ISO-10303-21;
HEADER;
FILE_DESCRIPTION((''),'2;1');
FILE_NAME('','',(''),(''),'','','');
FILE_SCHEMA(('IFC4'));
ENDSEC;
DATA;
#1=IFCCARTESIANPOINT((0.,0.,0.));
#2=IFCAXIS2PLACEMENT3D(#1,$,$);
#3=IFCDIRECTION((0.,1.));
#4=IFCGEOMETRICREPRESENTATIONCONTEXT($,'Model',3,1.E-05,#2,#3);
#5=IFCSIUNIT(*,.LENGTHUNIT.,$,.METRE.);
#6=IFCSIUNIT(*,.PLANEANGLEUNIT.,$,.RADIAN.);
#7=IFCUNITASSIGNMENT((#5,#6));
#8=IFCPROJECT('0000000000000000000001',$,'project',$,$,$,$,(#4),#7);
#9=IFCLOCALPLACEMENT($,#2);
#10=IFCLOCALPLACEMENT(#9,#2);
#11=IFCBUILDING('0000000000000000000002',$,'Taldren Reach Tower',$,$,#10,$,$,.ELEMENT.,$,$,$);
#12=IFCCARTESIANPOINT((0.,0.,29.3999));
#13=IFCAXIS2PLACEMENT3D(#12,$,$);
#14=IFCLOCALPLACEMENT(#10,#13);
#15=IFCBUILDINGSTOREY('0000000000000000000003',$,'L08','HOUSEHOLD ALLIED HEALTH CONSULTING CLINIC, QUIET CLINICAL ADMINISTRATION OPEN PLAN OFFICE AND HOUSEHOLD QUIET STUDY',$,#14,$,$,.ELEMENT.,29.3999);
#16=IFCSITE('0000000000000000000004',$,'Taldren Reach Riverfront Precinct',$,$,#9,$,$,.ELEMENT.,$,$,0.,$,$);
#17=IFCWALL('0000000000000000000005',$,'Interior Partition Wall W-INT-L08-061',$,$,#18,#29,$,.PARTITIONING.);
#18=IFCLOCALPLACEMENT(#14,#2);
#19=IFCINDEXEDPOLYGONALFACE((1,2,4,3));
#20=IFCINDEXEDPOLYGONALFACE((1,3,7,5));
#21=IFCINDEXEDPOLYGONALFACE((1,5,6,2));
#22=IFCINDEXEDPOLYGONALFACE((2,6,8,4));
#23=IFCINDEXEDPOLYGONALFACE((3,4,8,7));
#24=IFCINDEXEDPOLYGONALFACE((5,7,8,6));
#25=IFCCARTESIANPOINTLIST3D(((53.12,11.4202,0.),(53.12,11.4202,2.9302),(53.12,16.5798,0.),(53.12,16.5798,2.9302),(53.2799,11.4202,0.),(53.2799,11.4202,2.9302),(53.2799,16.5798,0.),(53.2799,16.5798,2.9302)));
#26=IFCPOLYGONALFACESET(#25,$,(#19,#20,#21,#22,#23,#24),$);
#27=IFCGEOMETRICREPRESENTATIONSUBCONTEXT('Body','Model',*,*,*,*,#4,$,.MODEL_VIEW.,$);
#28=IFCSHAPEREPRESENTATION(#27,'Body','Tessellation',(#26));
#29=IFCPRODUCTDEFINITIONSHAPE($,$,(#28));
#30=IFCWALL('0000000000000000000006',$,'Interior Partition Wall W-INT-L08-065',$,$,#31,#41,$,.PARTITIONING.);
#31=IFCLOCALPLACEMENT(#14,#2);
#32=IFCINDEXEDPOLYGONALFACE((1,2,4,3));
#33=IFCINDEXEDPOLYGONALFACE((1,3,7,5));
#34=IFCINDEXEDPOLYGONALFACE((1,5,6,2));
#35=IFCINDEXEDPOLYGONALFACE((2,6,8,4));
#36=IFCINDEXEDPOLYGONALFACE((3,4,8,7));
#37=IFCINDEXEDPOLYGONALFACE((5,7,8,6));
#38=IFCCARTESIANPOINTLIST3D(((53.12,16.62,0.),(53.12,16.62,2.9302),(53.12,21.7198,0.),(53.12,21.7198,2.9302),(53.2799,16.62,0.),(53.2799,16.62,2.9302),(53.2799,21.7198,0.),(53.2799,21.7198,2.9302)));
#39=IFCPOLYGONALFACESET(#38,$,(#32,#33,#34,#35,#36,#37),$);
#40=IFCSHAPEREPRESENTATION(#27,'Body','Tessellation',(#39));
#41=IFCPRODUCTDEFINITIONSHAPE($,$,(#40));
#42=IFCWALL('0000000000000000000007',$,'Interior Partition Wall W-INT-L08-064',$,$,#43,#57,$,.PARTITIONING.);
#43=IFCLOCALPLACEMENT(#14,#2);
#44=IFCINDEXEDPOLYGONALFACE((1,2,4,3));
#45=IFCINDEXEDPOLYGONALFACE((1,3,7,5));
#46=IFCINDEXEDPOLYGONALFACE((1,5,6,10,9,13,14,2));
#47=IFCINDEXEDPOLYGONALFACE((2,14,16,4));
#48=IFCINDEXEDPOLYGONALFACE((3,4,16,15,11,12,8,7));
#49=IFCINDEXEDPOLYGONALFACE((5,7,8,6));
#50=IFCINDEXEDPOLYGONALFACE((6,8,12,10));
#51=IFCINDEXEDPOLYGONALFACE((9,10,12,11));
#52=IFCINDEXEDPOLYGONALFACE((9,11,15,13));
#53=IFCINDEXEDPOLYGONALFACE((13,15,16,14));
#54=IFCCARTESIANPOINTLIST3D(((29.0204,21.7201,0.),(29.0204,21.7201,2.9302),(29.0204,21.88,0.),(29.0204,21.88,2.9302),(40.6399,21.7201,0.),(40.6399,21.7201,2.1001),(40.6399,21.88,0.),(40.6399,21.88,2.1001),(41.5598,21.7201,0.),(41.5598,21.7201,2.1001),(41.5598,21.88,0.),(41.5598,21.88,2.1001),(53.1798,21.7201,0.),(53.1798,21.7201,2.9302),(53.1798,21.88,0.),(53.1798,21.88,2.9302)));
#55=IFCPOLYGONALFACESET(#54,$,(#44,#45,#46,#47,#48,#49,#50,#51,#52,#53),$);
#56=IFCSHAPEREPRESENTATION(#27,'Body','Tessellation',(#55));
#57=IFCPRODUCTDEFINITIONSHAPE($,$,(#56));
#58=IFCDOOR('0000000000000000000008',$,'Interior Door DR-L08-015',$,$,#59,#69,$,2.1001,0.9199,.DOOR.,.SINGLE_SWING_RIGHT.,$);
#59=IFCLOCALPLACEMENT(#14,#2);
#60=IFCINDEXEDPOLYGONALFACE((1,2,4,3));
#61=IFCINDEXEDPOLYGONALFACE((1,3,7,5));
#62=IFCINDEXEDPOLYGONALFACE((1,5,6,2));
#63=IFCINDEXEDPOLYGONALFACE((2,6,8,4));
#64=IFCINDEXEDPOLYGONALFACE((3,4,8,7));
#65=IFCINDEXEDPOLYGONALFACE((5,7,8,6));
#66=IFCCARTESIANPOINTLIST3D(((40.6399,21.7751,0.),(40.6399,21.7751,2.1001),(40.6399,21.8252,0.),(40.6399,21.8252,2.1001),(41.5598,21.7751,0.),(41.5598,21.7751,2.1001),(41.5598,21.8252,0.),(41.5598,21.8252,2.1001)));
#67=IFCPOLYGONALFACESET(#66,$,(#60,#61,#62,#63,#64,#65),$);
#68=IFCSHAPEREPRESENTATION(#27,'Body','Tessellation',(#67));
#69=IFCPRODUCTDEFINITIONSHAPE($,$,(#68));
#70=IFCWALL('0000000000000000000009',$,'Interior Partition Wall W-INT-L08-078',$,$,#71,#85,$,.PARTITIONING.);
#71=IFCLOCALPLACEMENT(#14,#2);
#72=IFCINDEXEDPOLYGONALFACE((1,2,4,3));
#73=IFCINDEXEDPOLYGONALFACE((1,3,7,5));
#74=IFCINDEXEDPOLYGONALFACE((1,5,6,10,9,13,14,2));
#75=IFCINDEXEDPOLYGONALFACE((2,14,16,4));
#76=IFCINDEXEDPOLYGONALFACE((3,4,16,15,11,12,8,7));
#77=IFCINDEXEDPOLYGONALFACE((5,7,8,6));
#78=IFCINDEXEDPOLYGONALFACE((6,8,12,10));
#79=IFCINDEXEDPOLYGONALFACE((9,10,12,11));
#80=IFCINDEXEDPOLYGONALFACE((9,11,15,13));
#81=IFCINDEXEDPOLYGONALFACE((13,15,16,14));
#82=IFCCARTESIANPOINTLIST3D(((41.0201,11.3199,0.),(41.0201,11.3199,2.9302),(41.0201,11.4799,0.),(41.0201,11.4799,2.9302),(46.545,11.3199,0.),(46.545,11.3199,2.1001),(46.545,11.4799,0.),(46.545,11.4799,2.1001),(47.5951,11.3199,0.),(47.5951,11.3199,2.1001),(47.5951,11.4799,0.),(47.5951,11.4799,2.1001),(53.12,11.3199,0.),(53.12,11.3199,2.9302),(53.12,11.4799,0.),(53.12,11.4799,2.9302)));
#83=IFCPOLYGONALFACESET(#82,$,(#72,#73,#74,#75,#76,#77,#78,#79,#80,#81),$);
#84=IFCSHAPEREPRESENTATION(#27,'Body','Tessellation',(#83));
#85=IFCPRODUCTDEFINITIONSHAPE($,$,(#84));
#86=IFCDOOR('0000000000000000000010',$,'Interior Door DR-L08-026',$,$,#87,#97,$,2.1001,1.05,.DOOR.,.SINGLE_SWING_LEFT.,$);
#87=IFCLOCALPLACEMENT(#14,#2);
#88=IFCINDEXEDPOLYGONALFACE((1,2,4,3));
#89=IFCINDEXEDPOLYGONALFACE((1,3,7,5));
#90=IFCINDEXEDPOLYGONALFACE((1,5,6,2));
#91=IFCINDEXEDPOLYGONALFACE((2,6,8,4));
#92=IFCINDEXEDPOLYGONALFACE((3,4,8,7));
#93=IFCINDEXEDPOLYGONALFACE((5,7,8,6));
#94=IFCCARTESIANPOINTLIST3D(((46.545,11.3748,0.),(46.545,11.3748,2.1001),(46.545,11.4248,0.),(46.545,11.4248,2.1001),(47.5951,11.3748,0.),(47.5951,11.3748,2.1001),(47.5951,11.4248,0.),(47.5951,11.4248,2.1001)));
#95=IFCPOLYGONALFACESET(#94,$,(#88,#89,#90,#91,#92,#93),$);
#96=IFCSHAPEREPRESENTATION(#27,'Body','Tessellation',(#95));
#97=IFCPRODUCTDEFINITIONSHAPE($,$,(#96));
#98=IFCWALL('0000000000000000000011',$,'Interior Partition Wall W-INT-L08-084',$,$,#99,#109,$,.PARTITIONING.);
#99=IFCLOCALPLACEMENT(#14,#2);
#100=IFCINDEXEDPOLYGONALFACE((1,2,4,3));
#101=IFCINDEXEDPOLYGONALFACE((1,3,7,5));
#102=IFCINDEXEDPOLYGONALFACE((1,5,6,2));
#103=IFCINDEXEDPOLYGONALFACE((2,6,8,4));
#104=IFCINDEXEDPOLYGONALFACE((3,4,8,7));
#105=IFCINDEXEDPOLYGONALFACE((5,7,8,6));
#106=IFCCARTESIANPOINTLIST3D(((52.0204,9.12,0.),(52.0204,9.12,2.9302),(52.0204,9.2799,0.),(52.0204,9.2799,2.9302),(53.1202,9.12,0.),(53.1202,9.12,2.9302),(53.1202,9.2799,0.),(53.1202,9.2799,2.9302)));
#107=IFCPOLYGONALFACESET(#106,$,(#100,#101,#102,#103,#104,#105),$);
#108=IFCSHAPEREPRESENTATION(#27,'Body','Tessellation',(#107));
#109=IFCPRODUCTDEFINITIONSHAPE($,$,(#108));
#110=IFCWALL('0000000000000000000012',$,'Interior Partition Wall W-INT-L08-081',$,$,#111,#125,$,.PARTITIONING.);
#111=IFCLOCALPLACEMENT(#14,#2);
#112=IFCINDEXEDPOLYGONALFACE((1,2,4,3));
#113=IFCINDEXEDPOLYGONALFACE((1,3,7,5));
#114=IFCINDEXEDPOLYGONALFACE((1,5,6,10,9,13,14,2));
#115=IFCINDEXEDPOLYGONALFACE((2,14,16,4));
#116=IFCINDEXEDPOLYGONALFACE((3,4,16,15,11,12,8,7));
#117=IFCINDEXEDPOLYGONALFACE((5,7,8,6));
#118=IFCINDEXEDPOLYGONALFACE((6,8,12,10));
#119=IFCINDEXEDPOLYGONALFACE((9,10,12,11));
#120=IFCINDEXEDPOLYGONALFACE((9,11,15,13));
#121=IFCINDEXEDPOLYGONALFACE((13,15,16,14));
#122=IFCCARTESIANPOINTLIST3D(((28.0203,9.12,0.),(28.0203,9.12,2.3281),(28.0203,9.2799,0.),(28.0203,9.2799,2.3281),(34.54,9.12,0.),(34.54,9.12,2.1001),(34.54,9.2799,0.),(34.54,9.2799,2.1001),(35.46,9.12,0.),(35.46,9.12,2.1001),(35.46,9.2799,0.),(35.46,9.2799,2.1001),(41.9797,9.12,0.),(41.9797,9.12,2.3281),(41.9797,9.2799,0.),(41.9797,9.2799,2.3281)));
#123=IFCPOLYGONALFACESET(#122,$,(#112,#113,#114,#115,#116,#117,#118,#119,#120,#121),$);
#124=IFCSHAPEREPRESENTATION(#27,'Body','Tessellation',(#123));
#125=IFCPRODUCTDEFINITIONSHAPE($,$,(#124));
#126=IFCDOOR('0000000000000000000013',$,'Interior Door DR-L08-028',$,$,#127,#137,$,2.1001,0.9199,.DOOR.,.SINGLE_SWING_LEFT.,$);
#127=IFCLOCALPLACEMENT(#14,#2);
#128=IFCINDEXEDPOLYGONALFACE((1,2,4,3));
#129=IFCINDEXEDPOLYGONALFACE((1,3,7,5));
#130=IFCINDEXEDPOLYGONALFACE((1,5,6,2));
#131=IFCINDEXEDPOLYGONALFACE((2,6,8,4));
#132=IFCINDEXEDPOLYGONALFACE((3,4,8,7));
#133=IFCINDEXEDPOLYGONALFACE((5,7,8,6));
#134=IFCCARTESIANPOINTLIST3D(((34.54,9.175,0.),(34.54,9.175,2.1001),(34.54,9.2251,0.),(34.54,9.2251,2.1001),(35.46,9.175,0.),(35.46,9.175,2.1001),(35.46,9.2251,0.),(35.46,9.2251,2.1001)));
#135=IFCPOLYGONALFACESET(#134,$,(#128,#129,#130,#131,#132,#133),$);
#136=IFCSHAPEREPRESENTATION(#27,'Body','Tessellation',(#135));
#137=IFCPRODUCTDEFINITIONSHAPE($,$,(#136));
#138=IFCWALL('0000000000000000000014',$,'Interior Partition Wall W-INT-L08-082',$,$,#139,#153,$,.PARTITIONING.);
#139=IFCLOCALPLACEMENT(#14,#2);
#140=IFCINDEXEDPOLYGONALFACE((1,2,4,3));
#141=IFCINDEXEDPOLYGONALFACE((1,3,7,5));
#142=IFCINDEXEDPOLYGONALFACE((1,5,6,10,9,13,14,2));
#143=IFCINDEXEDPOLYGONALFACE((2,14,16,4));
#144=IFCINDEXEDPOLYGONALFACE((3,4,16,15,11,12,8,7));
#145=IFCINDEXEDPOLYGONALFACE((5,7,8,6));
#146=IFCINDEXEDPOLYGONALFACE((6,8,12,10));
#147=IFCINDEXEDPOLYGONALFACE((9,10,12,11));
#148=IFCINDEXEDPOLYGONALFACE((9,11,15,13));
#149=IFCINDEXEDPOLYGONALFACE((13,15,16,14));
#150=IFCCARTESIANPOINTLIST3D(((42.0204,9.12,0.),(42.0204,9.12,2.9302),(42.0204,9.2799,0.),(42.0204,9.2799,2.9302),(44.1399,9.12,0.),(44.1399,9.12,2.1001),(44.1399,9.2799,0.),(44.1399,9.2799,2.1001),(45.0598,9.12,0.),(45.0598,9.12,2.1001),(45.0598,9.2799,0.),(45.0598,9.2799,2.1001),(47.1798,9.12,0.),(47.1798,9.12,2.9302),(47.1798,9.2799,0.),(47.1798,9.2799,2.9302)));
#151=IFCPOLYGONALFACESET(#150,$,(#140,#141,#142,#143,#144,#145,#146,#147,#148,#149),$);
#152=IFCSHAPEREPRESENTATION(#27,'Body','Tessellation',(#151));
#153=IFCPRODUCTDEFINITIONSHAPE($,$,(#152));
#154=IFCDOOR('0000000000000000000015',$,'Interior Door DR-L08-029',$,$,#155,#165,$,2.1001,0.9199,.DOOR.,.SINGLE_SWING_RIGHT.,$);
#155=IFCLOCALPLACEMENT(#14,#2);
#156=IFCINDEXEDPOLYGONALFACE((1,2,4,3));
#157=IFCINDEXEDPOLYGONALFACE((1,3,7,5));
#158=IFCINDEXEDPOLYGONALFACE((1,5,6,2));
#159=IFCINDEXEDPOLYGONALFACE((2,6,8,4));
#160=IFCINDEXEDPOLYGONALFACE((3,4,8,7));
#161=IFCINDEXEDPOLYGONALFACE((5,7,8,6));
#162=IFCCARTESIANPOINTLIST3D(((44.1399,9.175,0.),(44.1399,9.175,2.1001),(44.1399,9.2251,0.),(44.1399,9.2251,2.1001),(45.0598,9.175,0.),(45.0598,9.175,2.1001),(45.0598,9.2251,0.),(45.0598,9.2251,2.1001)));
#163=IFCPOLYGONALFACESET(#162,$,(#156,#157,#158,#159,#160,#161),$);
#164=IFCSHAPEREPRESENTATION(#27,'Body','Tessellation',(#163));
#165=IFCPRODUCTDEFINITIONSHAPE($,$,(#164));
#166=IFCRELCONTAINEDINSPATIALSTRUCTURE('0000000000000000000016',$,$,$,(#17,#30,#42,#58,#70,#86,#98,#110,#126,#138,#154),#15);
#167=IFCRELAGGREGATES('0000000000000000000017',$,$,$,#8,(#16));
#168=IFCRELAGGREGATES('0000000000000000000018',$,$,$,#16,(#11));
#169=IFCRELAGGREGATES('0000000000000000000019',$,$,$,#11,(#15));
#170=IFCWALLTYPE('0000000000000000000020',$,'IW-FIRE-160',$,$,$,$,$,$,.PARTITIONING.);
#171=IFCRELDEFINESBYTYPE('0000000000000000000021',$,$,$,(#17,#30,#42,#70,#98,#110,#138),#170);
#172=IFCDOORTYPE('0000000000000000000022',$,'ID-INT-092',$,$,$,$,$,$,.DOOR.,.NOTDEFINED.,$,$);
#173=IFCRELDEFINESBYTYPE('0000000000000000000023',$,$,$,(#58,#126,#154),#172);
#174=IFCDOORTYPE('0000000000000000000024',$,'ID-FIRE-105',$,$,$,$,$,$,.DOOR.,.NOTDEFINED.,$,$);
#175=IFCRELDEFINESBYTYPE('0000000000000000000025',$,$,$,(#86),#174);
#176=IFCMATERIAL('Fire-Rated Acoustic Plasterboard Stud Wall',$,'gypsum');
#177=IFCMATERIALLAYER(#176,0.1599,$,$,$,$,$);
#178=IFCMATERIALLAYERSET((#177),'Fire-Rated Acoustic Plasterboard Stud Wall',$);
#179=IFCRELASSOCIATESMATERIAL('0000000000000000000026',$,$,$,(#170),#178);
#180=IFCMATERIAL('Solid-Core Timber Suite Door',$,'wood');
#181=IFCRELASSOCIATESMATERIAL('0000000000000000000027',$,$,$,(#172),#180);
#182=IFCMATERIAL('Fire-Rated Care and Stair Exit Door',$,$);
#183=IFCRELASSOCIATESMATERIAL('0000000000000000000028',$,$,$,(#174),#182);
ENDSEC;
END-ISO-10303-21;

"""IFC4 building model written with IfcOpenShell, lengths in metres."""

from ifc_helpers import new_model, si_unit, direction, frame, frame_2d, origin, place, context, subcontext, project, spatial, rectangle, extrude, source, transform, mapped, material, layer, layer_set, type_object, element, fill, save


model = new_model("IFC4")

# Units and contexts
model_context = context("Model", 3, precision=1e-05, world=origin(), true_north=direction((0.0, 1.0)))
body_context = subcontext(model_context, "Body", "Model", "MODEL_VIEW")
ifc_project = project(units=[si_unit("LENGTHUNIT", "METRE"), si_unit("PLANEANGLEUNIT", "RADIAN")], contexts=[model_context])

# Site, building, storey
site_placement = place(None, origin())
site = spatial("IfcSite", under=ifc_project, at=site_placement, Name="Taldren Reach Riverfront Precinct", CompositionType="ELEMENT", RefElevation=0.0)
building_placement = place(site_placement, origin())
building = spatial("IfcBuilding", under=site, at=building_placement, Name="Taldren Reach Tower", CompositionType="ELEMENT")
storey_placement = place(building_placement, frame((0.0, 0.0, 29.3999)))
storey = spatial("IfcBuildingStorey", under=building, at=storey_placement, Name="L08", Description="HOUSEHOLD ALLIED HEALTH CONSULTING CLINIC, QUIET CLINICAL ADMINISTRATION OPEN PLAN OFFICE AND HOUSEHOLD QUIET STUDY", CompositionType="ELEMENT", Elevation=29.3999)

# Walls
ifc_material_1 = material(Name="Fire-Rated Acoustic Plasterboard Stud Wall", Category="gypsum")
ifc_layer_1 = layer(ifc_material_1, 0.1599)
ifc_layer_set_1 = layer_set([ifc_layer_1], Name="Fire-Rated Acoustic Plasterboard Stud Wall")
wall_type_1 = type_object("IfcWallType", Name="IW-FIRE-160", PredefinedType="PARTITIONING", material=ifc_layer_set_1)
shared_shape_1 = source(origin(), body_context, "Body", "SweptSolid", [
    extrude(rectangle(XDim=5.1597, YDim=0.1599, at=frame_2d((2.5798, 0.0))), origin(), (0.0, 0.0, 1.0), 2.9302),
])
wall_1_placement = place(storey_placement, frame((53.2, 11.4202, 0.0), z_axis=(0.0, 0.0, 1.0), x_axis=(0.0, 1.0, 0.0)))
element("IfcWall", 1, at=wall_1_placement, inside=storey, type_object=wall_type_1, Name="Interior Partition Wall W-INT-L08-061", PredefinedType="PARTITIONING", context=body_context, shape_type="MappedRepresentation", body=[
    mapped(shared_shape_1, transform((0.0, 0.0, 0.0), scale=1.0)),
])
shared_shape_2 = source(origin(), body_context, "Body", "SweptSolid", [
    extrude(rectangle(XDim=5.0999, YDim=0.1599, at=frame_2d((2.5498, 0.0))), origin(), (0.0, 0.0, 1.0), 2.9302),
])
wall_2_placement = place(storey_placement, frame((53.2, 16.6201, 0.0), z_axis=(0.0, 0.0, 1.0), x_axis=(0.0, 1.0, 0.0)))
element("IfcWall", 2, at=wall_2_placement, inside=storey, type_object=wall_type_1, Name="Interior Partition Wall W-INT-L08-065", PredefinedType="PARTITIONING", context=body_context, shape_type="MappedRepresentation", body=[
    mapped(shared_shape_2, transform((0.0, 0.0, 0.0), scale=1.0)),
])

# Walls, openings, doors
shared_shape_3 = source(origin(), body_context, "Body", "SweptSolid", [
    extrude(rectangle(XDim=24.1594, YDim=0.1599, at=frame_2d((12.0796, 0.0))), origin(), (0.0, 0.0, 1.0), 2.9302),
])
wall_3_placement = place(storey_placement, frame((53.1797, 21.8, 0.0), z_axis=(0.0, 0.0, 1.0), x_axis=(-1.0, 0.0, 0.0)))
wall_3 = element("IfcWall", 3, at=wall_3_placement, inside=storey, type_object=wall_type_1, Name="Interior Partition Wall W-INT-L08-064", PredefinedType="PARTITIONING", context=body_context, shape_type="MappedRepresentation", body=[
    mapped(shared_shape_3, transform((0.0, 0.0, 0.0), scale=1.0)),
])
shared_shape_4 = source(origin(), body_context, "Body", "SweptSolid", [
    extrude(rectangle(XDim=0.9199, YDim=2.1001, at=frame_2d((0.46, 1.05))), frame((0.0, 0.0898, 0.0), z_axis=(0.0, -1.0, 0.0), x_axis=(1.0, 0.0, 0.0)), (0.0, 0.0, 1.0), 0.1799),
])
opening_1_placement = place(wall_3_placement, frame((11.6199, 0.0, 0.0)))
opening_1 = element("IfcOpeningElement", 4, at=opening_1_placement, cuts=wall_3, PredefinedType="OPENING", context=body_context, shape_type="MappedRepresentation", body=[
    mapped(shared_shape_4, transform((0.0, 0.0, 0.0), scale=1.0)),
])
ifc_material_2 = material(Name="Solid-Core Timber Suite Door", Category="wood")
door_type_1 = type_object("IfcDoorType", Name="ID-INT-092", OperationType="NOTDEFINED", PredefinedType="DOOR", material=ifc_material_2)
shared_shape_5 = source(origin(), body_context, "Body", "SweptSolid", [
    extrude(rectangle(XDim=0.9199, YDim=2.1001, at=frame_2d((0.46, 1.05))), frame((0.0, 0.0249, 0.0), z_axis=(0.0, -1.0, 0.0), x_axis=(1.0, 0.0, 0.0)), (0.0, 0.0, 1.0), 0.05),
])
door_1_placement = place(opening_1_placement, origin())
door_1 = element("IfcDoor", 5, at=door_1_placement, inside=storey, type_object=door_type_1, Name="Interior Door DR-L08-015", OperationType="SINGLE_SWING_RIGHT", OverallHeight=2.1001, OverallWidth=0.9199, PredefinedType="DOOR", context=body_context, shape_type="MappedRepresentation", body=[
    mapped(shared_shape_5, transform((0.0, 0.0, 0.0), scale=1.0)),
])
fill(opening_1, door_1)
shared_shape_6 = source(origin(), body_context, "Body", "SweptSolid", [
    extrude(rectangle(XDim=12.0999, YDim=0.1599, at=frame_2d((6.0498, 0.0))), origin(), (0.0, 0.0, 1.0), 2.9302),
])
wall_4_placement = place(storey_placement, frame((41.0203, 11.3999, 0.0), z_axis=(0.0, 0.0, 1.0), x_axis=(1.0, 0.0, 0.0)))
wall_4 = element("IfcWall", 6, at=wall_4_placement, inside=storey, type_object=wall_type_1, Name="Interior Partition Wall W-INT-L08-078", PredefinedType="PARTITIONING", context=body_context, shape_type="MappedRepresentation", body=[
    mapped(shared_shape_6, transform((0.0, 0.0, 0.0), scale=1.0)),
])
shared_shape_7 = source(origin(), body_context, "Body", "SweptSolid", [
    extrude(rectangle(XDim=1.05, YDim=2.1001, at=frame_2d((0.5249, 1.05))), frame((0.0, 0.0898, 0.0), z_axis=(0.0, -1.0, 0.0), x_axis=(1.0, 0.0, 0.0)), (0.0, 0.0, 1.0), 0.1799),
])
opening_2_placement = place(wall_4_placement, frame((5.5249, 0.0, 0.0)))
opening_2 = element("IfcOpeningElement", 7, at=opening_2_placement, cuts=wall_4, PredefinedType="OPENING", context=body_context, shape_type="MappedRepresentation", body=[
    mapped(shared_shape_7, transform((0.0, 0.0, 0.0), scale=1.0)),
])
ifc_material_3 = material(Name="Fire-Rated Care and Stair Exit Door")
door_type_2 = type_object("IfcDoorType", Name="ID-FIRE-105", OperationType="NOTDEFINED", PredefinedType="DOOR", material=ifc_material_3)
shared_shape_8 = source(origin(), body_context, "Body", "SweptSolid", [
    extrude(rectangle(XDim=1.05, YDim=2.1001, at=frame_2d((0.5249, 1.05))), frame((0.0, 0.0249, 0.0), z_axis=(0.0, -1.0, 0.0), x_axis=(1.0, 0.0, 0.0)), (0.0, 0.0, 1.0), 0.05),
])
door_2_placement = place(opening_2_placement, origin())
door_2 = element("IfcDoor", 8, at=door_2_placement, inside=storey, type_object=door_type_2, Name="Interior Door DR-L08-026", OperationType="SINGLE_SWING_LEFT", OverallHeight=2.1001, OverallWidth=1.05, PredefinedType="DOOR", context=body_context, shape_type="MappedRepresentation", body=[
    mapped(shared_shape_8, transform((0.0, 0.0, 0.0), scale=1.0)),
])
fill(opening_2, door_2)

# Wall
shared_shape_9 = source(origin(), body_context, "Body", "SweptSolid", [
    extrude(rectangle(XDim=1.0999, YDim=0.1599, at=frame_2d((0.5498, 0.0))), origin(), (0.0, 0.0, 1.0), 2.9302),
])
wall_5_placement = place(storey_placement, frame((53.1201, 9.2, 0.0), z_axis=(0.0, 0.0, 1.0), x_axis=(-1.0, 0.0, 0.0)))
element("IfcWall", 9, at=wall_5_placement, inside=storey, type_object=wall_type_1, Name="Interior Partition Wall W-INT-L08-084", PredefinedType="PARTITIONING", context=body_context, shape_type="MappedRepresentation", body=[
    mapped(shared_shape_9, transform((0.0, 0.0, 0.0), scale=1.0)),
])

# Walls, openings, doors
shared_shape_10 = source(origin(), body_context, "Body", "SweptSolid", [
    extrude(rectangle(XDim=13.9595, YDim=0.1599, at=frame_2d((6.9797, 0.0))), origin(), (0.0, 0.0, 1.0), 2.3281),
])
wall_6_placement = place(storey_placement, frame((41.9797, 9.2, 0.0), z_axis=(0.0, 0.0, 1.0), x_axis=(-1.0, 0.0, 0.0)))
wall_6 = element("IfcWall", 10, at=wall_6_placement, inside=storey, type_object=wall_type_1, Name="Interior Partition Wall W-INT-L08-081", PredefinedType="PARTITIONING", context=body_context, shape_type="MappedRepresentation", body=[
    mapped(shared_shape_10, transform((0.0, 0.0, 0.0), scale=1.0)),
])
opening_3_placement = place(wall_6_placement, frame((6.5198, 0.0, 0.0)))
opening_3 = element("IfcOpeningElement", 11, at=opening_3_placement, cuts=wall_6, PredefinedType="OPENING", context=body_context, shape_type="MappedRepresentation", body=[
    mapped(shared_shape_4, transform((0.0, 0.0, 0.0), scale=1.0)),
])
door_3_placement = place(opening_3_placement, origin())
door_3 = element("IfcDoor", 12, at=door_3_placement, inside=storey, type_object=door_type_1, Name="Interior Door DR-L08-028", OperationType="SINGLE_SWING_LEFT", OverallHeight=2.1001, OverallWidth=0.9199, PredefinedType="DOOR", context=body_context, shape_type="MappedRepresentation", body=[
    mapped(shared_shape_5, transform((0.0, 0.0, 0.0), scale=1.0)),
])
fill(opening_3, door_3)
shared_shape_11 = source(origin(), body_context, "Body", "SweptSolid", [
    extrude(rectangle(XDim=5.1594, YDim=0.1599, at=frame_2d((2.5796, 0.0))), origin(), (0.0, 0.0, 1.0), 2.9302),
])
wall_7_placement = place(storey_placement, frame((47.1797, 9.2, 0.0), z_axis=(0.0, 0.0, 1.0), x_axis=(-1.0, 0.0, 0.0)))
wall_7 = element("IfcWall", 13, at=wall_7_placement, inside=storey, type_object=wall_type_1, Name="Interior Partition Wall W-INT-L08-082", PredefinedType="PARTITIONING", context=body_context, shape_type="MappedRepresentation", body=[
    mapped(shared_shape_11, transform((0.0, 0.0, 0.0), scale=1.0)),
])
opening_4_placement = place(wall_7_placement, frame((2.1199, 0.0, 0.0)))
opening_4 = element("IfcOpeningElement", 14, at=opening_4_placement, cuts=wall_7, PredefinedType="OPENING", context=body_context, shape_type="MappedRepresentation", body=[
    mapped(shared_shape_4, transform((0.0, 0.0, 0.0), scale=1.0)),
])
door_4_placement = place(opening_4_placement, origin())
door_4 = element("IfcDoor", 15, at=door_4_placement, inside=storey, type_object=door_type_1, Name="Interior Door DR-L08-029", OperationType="SINGLE_SWING_RIGHT", OverallHeight=2.1001, OverallWidth=0.9199, PredefinedType="DOOR", context=body_context, shape_type="MappedRepresentation", body=[
    mapped(shared_shape_5, transform((0.0, 0.0, 0.0), scale=1.0)),
])
fill(opening_4, door_4)

save(model, "model.ifc")
